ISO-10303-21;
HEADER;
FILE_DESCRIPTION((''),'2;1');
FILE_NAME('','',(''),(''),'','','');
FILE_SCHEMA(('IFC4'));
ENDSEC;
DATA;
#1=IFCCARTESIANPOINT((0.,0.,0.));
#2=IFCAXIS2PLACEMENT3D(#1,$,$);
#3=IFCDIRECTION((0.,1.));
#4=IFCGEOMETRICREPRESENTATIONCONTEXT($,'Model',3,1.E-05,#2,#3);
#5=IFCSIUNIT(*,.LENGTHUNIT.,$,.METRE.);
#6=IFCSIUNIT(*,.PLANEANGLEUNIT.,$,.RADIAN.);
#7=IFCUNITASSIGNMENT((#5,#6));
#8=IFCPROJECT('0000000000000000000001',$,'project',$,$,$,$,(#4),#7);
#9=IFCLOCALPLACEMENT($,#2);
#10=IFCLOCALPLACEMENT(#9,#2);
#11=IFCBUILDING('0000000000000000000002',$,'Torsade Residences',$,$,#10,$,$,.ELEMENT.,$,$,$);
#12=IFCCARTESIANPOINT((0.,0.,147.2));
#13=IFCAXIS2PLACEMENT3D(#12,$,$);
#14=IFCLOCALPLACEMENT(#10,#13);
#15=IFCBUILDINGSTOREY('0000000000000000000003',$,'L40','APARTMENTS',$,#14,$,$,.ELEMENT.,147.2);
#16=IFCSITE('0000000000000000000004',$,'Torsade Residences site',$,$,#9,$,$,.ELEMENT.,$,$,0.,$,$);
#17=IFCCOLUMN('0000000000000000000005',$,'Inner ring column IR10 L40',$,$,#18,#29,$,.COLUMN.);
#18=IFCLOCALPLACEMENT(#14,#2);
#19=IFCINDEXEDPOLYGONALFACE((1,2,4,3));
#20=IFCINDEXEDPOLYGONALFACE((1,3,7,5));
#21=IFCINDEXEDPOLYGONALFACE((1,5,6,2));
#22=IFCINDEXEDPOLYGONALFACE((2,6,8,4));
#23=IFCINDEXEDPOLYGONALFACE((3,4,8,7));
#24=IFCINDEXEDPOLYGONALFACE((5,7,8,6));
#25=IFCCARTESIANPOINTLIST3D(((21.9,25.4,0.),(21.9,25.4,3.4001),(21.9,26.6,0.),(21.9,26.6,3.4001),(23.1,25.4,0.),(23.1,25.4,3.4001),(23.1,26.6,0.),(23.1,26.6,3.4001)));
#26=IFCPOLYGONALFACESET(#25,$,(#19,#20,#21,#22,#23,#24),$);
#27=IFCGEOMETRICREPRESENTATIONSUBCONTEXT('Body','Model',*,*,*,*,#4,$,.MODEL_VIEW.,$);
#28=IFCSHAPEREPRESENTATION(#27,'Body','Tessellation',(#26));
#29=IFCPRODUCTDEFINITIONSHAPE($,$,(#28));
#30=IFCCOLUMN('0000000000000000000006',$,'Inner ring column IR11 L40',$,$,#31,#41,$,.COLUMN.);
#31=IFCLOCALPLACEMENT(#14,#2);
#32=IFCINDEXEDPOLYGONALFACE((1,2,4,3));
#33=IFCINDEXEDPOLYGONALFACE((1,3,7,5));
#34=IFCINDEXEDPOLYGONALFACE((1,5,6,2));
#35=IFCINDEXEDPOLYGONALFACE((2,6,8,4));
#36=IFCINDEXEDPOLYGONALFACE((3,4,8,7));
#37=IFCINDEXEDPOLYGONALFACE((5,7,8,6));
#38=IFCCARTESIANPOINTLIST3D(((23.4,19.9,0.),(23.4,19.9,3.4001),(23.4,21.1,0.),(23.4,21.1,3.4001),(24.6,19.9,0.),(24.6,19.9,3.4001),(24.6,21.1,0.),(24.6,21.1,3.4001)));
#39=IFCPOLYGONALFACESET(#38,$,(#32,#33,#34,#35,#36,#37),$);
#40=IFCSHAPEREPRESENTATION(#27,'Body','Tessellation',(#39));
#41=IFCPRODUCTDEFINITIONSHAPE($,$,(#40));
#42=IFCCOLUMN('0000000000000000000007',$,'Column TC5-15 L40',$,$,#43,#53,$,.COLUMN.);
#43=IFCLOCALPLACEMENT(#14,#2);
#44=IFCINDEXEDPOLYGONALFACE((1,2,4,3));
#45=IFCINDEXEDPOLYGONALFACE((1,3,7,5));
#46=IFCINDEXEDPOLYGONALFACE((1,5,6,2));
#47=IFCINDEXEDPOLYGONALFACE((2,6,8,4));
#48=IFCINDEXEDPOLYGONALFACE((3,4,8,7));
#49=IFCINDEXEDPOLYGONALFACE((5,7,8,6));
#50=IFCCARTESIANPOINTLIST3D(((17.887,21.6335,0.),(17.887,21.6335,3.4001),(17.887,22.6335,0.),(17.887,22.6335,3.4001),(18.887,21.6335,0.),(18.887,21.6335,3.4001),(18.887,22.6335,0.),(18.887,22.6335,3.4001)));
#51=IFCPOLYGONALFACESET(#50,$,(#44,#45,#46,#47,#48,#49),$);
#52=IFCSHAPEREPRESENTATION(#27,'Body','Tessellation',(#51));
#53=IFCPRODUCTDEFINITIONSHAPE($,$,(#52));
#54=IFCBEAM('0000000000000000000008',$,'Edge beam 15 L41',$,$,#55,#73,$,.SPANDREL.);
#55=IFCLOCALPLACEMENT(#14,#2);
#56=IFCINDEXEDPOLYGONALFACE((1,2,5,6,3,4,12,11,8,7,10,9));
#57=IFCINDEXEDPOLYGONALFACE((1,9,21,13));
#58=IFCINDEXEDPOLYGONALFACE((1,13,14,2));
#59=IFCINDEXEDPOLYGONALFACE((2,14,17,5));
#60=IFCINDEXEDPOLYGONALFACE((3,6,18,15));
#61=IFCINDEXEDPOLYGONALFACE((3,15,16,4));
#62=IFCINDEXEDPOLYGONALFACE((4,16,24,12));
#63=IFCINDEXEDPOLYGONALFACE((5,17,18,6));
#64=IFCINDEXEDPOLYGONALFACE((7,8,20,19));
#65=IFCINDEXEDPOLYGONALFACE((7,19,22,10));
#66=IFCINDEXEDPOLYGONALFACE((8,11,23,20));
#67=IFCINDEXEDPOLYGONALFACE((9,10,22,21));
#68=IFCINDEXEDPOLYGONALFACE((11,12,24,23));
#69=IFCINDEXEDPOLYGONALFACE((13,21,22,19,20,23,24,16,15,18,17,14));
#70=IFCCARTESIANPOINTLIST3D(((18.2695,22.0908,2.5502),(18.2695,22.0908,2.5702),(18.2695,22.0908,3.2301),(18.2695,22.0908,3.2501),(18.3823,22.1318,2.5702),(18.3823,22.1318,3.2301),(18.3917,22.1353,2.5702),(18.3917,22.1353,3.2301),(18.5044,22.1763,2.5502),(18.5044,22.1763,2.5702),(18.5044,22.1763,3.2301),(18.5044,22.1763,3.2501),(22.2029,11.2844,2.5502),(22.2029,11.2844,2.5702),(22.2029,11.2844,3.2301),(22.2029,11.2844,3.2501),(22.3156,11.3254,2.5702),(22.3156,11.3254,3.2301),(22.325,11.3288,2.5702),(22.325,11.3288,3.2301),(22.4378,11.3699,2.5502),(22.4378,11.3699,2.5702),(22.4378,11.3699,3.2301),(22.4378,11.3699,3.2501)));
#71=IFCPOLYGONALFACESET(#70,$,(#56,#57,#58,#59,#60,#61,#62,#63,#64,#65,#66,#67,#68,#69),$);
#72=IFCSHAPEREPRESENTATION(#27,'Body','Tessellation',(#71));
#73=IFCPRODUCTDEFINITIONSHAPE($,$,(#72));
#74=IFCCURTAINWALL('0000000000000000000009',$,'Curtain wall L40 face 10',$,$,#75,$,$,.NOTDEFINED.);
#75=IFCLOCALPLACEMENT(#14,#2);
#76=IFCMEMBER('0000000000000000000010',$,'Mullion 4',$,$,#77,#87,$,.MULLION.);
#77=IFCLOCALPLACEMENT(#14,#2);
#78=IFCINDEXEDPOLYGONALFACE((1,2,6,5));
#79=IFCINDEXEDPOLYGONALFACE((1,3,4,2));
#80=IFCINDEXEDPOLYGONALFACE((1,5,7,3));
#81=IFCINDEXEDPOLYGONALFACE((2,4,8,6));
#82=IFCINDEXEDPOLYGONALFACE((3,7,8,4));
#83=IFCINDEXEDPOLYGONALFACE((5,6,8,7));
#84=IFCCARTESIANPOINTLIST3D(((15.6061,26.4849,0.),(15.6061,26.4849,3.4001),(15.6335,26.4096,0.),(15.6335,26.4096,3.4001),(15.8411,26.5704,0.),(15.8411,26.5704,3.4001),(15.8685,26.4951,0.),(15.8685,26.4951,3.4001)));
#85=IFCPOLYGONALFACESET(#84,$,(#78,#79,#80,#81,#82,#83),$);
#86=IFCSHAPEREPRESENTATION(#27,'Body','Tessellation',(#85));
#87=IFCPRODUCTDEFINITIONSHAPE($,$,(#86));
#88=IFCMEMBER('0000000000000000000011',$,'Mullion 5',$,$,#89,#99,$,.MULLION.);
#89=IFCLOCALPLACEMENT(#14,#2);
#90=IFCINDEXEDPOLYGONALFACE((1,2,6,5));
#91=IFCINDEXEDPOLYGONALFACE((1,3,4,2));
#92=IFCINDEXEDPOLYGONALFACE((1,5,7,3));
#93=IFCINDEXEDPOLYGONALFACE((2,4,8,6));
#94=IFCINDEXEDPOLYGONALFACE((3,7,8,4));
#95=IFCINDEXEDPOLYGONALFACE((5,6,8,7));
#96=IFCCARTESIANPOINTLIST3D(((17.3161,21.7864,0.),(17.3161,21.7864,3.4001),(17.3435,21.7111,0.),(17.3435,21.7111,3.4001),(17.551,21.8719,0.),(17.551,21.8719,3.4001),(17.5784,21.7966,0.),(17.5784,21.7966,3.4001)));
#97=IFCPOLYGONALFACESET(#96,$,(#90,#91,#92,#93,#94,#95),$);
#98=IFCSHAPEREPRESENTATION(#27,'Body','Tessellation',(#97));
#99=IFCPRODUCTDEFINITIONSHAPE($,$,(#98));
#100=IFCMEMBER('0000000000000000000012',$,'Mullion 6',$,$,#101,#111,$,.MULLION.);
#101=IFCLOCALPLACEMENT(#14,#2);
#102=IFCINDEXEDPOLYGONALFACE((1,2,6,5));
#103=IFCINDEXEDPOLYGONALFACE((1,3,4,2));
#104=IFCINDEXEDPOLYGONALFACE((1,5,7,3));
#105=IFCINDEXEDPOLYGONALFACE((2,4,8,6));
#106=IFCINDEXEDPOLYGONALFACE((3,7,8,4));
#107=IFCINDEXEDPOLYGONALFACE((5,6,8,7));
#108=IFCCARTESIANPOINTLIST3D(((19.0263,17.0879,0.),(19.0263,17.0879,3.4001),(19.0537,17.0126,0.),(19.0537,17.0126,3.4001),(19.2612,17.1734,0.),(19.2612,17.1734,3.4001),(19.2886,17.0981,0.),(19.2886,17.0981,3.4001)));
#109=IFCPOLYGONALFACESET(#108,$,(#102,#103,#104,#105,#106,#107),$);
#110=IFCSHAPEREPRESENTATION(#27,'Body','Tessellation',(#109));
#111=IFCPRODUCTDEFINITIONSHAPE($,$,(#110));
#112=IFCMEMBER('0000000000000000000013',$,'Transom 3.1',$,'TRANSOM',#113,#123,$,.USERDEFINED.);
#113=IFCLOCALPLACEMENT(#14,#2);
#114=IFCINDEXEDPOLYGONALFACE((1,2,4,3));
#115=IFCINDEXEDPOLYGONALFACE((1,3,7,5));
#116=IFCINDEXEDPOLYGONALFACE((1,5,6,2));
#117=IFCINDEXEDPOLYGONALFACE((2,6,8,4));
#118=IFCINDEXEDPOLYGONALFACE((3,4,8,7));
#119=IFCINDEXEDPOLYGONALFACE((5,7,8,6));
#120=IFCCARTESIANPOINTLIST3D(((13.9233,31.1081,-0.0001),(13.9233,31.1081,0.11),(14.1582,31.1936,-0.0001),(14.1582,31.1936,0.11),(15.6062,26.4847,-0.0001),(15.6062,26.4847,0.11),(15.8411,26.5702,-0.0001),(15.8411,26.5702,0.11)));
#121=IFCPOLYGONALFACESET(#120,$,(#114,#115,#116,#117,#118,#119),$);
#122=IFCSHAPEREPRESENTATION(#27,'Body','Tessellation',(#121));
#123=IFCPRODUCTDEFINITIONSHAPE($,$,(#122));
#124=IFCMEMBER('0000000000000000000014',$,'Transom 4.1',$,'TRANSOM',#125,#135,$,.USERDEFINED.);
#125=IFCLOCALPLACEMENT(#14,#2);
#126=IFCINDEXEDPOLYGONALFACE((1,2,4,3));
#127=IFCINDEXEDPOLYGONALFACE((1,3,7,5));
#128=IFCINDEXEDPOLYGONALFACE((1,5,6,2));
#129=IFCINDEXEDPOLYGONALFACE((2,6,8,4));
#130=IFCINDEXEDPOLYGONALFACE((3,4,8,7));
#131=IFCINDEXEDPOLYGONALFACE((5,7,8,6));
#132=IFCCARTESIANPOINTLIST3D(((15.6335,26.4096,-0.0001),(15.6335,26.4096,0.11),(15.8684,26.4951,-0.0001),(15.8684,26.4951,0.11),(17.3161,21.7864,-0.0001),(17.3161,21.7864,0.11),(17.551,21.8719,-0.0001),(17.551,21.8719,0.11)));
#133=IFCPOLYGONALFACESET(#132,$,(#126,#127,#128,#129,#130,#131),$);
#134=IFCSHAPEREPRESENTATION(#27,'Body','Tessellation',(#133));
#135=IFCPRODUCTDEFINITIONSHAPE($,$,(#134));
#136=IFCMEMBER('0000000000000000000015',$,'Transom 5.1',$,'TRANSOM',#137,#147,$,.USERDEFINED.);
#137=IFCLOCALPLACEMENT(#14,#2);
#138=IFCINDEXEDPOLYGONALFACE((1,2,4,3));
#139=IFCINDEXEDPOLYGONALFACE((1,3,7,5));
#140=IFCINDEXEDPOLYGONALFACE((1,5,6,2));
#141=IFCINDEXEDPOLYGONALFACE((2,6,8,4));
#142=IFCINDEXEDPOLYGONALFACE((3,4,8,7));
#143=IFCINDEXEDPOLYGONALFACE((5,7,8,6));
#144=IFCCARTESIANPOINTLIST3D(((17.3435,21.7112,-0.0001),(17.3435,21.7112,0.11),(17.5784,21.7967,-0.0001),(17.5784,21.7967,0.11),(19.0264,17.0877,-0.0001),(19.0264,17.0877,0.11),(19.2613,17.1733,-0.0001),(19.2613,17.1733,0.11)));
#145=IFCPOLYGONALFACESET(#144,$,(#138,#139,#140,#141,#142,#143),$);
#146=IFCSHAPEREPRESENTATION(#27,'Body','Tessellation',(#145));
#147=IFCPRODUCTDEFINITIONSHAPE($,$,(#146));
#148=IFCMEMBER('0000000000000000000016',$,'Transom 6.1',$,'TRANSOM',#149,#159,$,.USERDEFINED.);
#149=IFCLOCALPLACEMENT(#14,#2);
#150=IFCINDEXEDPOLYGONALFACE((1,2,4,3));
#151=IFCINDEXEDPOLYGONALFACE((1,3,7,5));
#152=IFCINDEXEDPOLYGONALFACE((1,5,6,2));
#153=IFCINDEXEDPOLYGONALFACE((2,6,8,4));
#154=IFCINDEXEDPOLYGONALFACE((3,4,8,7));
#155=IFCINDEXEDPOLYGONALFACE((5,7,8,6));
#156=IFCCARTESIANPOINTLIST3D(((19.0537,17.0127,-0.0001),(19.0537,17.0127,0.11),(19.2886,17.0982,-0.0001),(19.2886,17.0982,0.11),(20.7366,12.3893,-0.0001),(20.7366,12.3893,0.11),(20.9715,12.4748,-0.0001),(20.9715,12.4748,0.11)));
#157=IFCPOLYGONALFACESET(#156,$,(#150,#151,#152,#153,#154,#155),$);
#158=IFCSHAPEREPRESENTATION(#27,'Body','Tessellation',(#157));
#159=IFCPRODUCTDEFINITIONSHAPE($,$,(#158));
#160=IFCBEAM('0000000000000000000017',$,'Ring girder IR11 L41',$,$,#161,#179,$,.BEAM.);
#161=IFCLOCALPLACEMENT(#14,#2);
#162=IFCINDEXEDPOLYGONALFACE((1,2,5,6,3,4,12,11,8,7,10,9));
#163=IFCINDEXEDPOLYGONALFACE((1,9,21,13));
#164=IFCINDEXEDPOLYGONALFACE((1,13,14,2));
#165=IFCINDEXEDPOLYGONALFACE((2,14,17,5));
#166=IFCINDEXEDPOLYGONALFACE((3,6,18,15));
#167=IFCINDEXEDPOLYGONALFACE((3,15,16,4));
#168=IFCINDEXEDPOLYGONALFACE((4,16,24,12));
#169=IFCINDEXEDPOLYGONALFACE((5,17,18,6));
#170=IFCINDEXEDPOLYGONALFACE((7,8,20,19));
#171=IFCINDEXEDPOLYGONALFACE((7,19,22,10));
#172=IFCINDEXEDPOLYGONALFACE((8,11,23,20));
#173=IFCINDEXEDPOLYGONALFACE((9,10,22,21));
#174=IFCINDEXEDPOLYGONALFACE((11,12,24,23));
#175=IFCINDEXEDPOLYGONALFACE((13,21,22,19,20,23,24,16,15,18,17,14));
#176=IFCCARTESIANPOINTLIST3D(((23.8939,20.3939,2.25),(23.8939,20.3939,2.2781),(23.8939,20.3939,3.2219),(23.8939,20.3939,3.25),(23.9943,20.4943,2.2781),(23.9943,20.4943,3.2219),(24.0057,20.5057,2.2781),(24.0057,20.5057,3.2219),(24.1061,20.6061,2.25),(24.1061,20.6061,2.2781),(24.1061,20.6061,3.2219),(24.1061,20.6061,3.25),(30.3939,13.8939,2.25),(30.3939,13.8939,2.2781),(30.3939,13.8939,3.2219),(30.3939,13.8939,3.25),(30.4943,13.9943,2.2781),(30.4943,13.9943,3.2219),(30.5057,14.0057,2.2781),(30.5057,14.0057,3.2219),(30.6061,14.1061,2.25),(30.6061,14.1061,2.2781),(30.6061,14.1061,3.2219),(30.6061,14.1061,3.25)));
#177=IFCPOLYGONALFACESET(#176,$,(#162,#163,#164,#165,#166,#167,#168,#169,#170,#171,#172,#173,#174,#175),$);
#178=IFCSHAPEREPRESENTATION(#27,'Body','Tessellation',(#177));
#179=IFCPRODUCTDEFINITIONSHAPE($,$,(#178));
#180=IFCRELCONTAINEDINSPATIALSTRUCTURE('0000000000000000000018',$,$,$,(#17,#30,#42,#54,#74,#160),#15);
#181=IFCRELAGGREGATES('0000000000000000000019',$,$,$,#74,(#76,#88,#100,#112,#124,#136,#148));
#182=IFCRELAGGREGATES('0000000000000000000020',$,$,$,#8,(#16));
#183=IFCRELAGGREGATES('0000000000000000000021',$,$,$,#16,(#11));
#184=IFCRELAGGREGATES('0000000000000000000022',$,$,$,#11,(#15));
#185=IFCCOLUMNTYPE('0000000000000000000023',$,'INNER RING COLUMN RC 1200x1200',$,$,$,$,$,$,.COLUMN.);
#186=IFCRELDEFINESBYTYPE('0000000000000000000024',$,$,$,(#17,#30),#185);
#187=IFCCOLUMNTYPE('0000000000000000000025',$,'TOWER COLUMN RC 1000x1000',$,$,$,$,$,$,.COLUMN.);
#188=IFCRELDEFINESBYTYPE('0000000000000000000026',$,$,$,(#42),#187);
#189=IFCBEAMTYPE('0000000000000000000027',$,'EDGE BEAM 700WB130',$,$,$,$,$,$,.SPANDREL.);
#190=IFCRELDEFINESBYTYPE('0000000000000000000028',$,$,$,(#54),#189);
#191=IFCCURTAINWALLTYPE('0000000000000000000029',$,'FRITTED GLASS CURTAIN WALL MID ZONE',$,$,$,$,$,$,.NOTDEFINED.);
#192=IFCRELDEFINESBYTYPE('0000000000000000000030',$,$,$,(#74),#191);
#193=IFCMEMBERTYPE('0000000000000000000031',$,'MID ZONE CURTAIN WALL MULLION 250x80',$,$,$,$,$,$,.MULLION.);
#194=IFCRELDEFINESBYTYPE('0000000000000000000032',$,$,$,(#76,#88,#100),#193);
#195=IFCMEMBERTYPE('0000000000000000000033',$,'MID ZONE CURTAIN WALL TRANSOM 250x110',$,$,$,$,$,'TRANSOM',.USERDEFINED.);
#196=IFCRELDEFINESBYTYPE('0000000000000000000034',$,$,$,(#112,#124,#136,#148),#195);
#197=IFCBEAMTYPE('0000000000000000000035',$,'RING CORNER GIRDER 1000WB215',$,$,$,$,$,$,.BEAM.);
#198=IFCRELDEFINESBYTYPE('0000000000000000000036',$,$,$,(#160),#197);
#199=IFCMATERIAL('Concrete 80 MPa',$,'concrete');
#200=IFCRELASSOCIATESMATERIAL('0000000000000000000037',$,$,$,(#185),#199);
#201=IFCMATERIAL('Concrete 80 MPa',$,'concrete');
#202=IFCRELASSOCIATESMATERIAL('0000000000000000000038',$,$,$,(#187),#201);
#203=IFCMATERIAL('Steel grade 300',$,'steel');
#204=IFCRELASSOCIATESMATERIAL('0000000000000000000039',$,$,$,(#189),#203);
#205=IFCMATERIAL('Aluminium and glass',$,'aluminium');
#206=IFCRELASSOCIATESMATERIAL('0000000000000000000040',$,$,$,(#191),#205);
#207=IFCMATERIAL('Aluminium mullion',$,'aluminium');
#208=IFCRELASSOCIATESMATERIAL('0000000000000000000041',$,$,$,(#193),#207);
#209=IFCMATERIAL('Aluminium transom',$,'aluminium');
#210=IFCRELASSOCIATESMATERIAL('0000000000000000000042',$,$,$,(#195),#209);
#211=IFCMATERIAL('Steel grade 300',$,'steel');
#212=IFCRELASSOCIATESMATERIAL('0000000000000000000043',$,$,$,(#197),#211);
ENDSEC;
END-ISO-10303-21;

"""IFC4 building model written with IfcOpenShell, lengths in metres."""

from ifc_helpers import new_model, si_unit, direction, frame, origin, origin_2d, place, context, subcontext, project, spatial, rectangle, i_section, extrude, material, material_profile, profile_set, type_object, element, aggregate, save


model = new_model("IFC4")

# Units and contexts
model_context = context("Model", 3, precision=1e-05, world=origin(), true_north=direction((0.0, 1.0)))
body_context = subcontext(model_context, "Body", "Model", "MODEL_VIEW")
ifc_project = project(units=[si_unit("LENGTHUNIT", "METRE"), si_unit("PLANEANGLEUNIT", "RADIAN")], contexts=[model_context])

# Site, building, storey
site_placement = place(None, origin())
site = spatial("IfcSite", under=ifc_project, at=site_placement, Name="Torsade Residences site", CompositionType="ELEMENT", RefElevation=0.0)
building_placement = place(site_placement, origin())
building = spatial("IfcBuilding", under=site, at=building_placement, Name="Torsade Residences", CompositionType="ELEMENT")
storey_placement = place(building_placement, frame((0.0, 0.0, 147.2)))
storey = spatial("IfcBuildingStorey", under=building, at=storey_placement, Name="L40", Description="APARTMENTS", CompositionType="ELEMENT", Elevation=147.2)

# Columns
ifc_material_1 = material(Name="Concrete 80 MPa", Category="concrete")
ifc_material_profile_1 = material_profile(ifc_material_1, rectangle(XDim=1.2, YDim=1.2, at=origin_2d()), Name="RC 1200x1200")
ifc_profile_set_1 = profile_set([ifc_material_profile_1], Name="Concrete 80 MPa")
column_type_1 = type_object("IfcColumnType", Name="INNER RING COLUMN RC 1200x1200", PredefinedType="COLUMN", material=ifc_profile_set_1)
for number, where, z_axis, x_axis, name in (
    (1, (22.5, 26.0, 0.0), (0.0, 0.0, 1.0), (1.0, 0.0, 0.0), "Inner ring column IR10 L40"),
    (2, (24.0, 20.5, 0.0), (0.0, 0.0, 1.0), (1.0, 0.0, 0.0), "Inner ring column IR11 L40"),
):
    element("IfcColumn", number, at=place(storey_placement, frame(where, z_axis=z_axis, x_axis=x_axis)), inside=storey, type_object=column_type_1, Name=name, PredefinedType="COLUMN", context=body_context, shape_type="SweptSolid", body=[
        extrude(rectangle(XDim=1.2, YDim=1.2, at=origin_2d()), origin(), (0.0, 0.0, 1.0), 3.4001),
    ])
ifc_material_2 = material(Name="Concrete 80 MPa", Category="concrete")
ifc_material_profile_2 = material_profile(ifc_material_2, rectangle(XDim=1.0, YDim=1.0, at=origin_2d()), Name="RC 1000x1000")
ifc_profile_set_2 = profile_set([ifc_material_profile_2], Name="Concrete 80 MPa")
column_type_2 = type_object("IfcColumnType", Name="TOWER COLUMN RC 1000x1000", PredefinedType="COLUMN", material=ifc_profile_set_2)
column_placement = place(storey_placement, frame((18.387, 22.1335, 0.0), z_axis=(0.0, 0.0, 1.0), x_axis=(1.0, 0.0, 0.0)))
element("IfcColumn", 3, at=column_placement, inside=storey, type_object=column_type_2, Name="Column TC5-15 L40", PredefinedType="COLUMN", context=body_context, shape_type="SweptSolid", body=[
    extrude(rectangle(XDim=1.0, YDim=1.0, at=origin_2d()), origin(), (0.0, 0.0, 1.0), 3.4001),
])

# Beam
ifc_material_3 = material(Name="Steel grade 300", Category="steel")
ifc_material_profile_3 = material_profile(ifc_material_3, i_section(OverallWidth=0.25, OverallDepth=0.7, WebThickness=0.01, FlangeThickness=0.02, at=origin_2d()), Name="700WB130")
ifc_profile_set_3 = profile_set([ifc_material_profile_3], Name="Steel grade 300")
beam_type_1 = type_object("IfcBeamType", Name="EDGE BEAM 700WB130", PredefinedType="SPANDREL", material=ifc_profile_set_3)
beam_1_placement = place(storey_placement, frame((18.387, 22.1335, 2.9001), z_axis=(0.342031, -0.939689, 0.0), x_axis=(0.939689, 0.342031, 0.0)))
element("IfcBeam", 4, at=beam_1_placement, inside=storey, type_object=beam_type_1, Name="Edge beam 15 L41", PredefinedType="SPANDREL", context=body_context, shape_type="SweptSolid", body=[
    extrude(i_section(OverallWidth=0.25, OverallDepth=0.7, WebThickness=0.01, FlangeThickness=0.02, at=origin_2d()), origin(), (0.0, 0.0, 1.0), 11.5),
])

# Curtain wall, members
ifc_material_4 = material(Name="Aluminium and glass", Category="aluminium")
curtain_wall_type = type_object("IfcCurtainWallType", Name="FRITTED GLASS CURTAIN WALL MID ZONE", PredefinedType="NOTDEFINED", material=ifc_material_4)
curtain_wall_placement = place(storey_placement, origin())
curtain_wall = element("IfcCurtainWall", 5, at=curtain_wall_placement, inside=storey, type_object=curtain_wall_type, Name="Curtain wall L40 face 10", PredefinedType="NOTDEFINED")
ifc_material_5 = material(Name="Aluminium mullion", Category="aluminium")
ifc_material_profile_4 = material_profile(ifc_material_5, rectangle(XDim=0.25, YDim=0.0801, at=origin_2d()), Name="MID ZONE CURTAIN WALL MULLION 250x80")
ifc_profile_set_4 = profile_set([ifc_material_profile_4], Name="Aluminium mullion")
member_type_1 = type_object("IfcMemberType", Name="MID ZONE CURTAIN WALL MULLION 250x80", PredefinedType="MULLION", material=ifc_profile_set_4)
member_1_placement = place(storey_placement, frame((15.7373, 26.49, 0.0), z_axis=(0.0, 0.0, 1.0), x_axis=(0.939693, 0.34202, 0.0)))
member_1 = element("IfcMember", 6, at=member_1_placement, type_object=member_type_1, Name="Mullion 4", PredefinedType="MULLION", context=body_context, shape_type="SweptSolid", body=[
    extrude(rectangle(XDim=0.25, YDim=0.0801, at=origin_2d()), origin(), (0.0, 0.0, 1.0), 3.4001),
])
member_2_placement = place(storey_placement, frame((17.4473, 21.7915, 0.0), z_axis=(0.0, 0.0, 1.0), x_axis=(0.939693, 0.34202, 0.0)))
member_2 = element("IfcMember", 7, at=member_2_placement, type_object=member_type_1, Name="Mullion 5", PredefinedType="MULLION", context=body_context, shape_type="SweptSolid", body=[
    extrude(rectangle(XDim=0.25, YDim=0.0801, at=origin_2d()), origin(), (0.0, 0.0, 1.0), 3.4001),
])
member_3_placement = place(storey_placement, frame((19.1575, 17.093, 0.0), z_axis=(0.0, 0.0, 1.0), x_axis=(0.939693, 0.34202, 0.0)))
member_3 = element("IfcMember", 8, at=member_3_placement, type_object=member_type_1, Name="Mullion 6", PredefinedType="MULLION", context=body_context, shape_type="SweptSolid", body=[
    extrude(rectangle(XDim=0.25, YDim=0.0801, at=origin_2d()), origin(), (0.0, 0.0, 1.0), 3.4001),
])
ifc_material_6 = material(Name="Aluminium transom", Category="aluminium")
ifc_material_profile_5 = material_profile(ifc_material_6, rectangle(XDim=0.25, YDim=0.1101, at=origin_2d()), Name="MID ZONE CURTAIN WALL TRANSOM 250x110")
ifc_profile_set_5 = profile_set([ifc_material_profile_5], Name="Aluminium transom")
member_type_2 = type_object("IfcMemberType", Name="MID ZONE CURTAIN WALL TRANSOM 250x110", ElementType="TRANSOM", PredefinedType="USERDEFINED", material=ifc_profile_set_5)
member_4_placement = place(storey_placement, frame((14.0408, 31.1509, 0.0549), z_axis=(0.342042, -0.939685, 0.0), x_axis=(0.939685, 0.342042, 0.0)))
member_4 = element("IfcMember", 9, at=member_4_placement, type_object=member_type_2, Name="Transom 3.1", ObjectType="TRANSOM", PredefinedType="USERDEFINED", context=body_context, shape_type="SweptSolid", body=[
    extrude(rectangle(XDim=0.25, YDim=0.1101, at=origin_2d()), origin(), (0.0, 0.0, 1.0), 4.9202),
])
member_5_placement = place(storey_placement, frame((15.751, 26.4524, 0.0549), z_axis=(0.341998, -0.939701, 0.0), x_axis=(0.939701, 0.341998, 0.0)))
member_5 = element("IfcMember", 10, at=member_5_placement, type_object=member_type_2, Name="Transom 4.1", ObjectType="TRANSOM", PredefinedType="USERDEFINED", context=body_context, shape_type="SweptSolid", body=[
    extrude(rectangle(XDim=0.25, YDim=0.1101, at=origin_2d()), origin(), (0.0, 0.0, 1.0), 4.9199),
])
member_6_placement = place(storey_placement, frame((17.4609, 21.7539, 0.0549), z_axis=(0.342042, -0.939685, 0.0), x_axis=(0.939685, 0.342042, 0.0)))
member_6 = element("IfcMember", 11, at=member_6_placement, type_object=member_type_2, Name="Transom 5.1", ObjectType="TRANSOM", PredefinedType="USERDEFINED", context=body_context, shape_type="SweptSolid", body=[
    extrude(rectangle(XDim=0.25, YDim=0.1101, at=origin_2d()), origin(), (0.0, 0.0, 1.0), 4.9202),
])
member_7_placement = place(storey_placement, frame((19.1711, 17.0554, 0.0549), z_axis=(0.342042, -0.939685, 0.0), x_axis=(0.939685, 0.342042, 0.0)))
member_7 = element("IfcMember", 12, at=member_7_placement, type_object=member_type_2, Name="Transom 6.1", ObjectType="TRANSOM", PredefinedType="USERDEFINED", context=body_context, shape_type="SweptSolid", body=[
    extrude(rectangle(XDim=0.25, YDim=0.1101, at=origin_2d()), origin(), (0.0, 0.0, 1.0), 4.9202),
])

# Beam
ifc_material_7 = material(Name="Steel grade 300", Category="steel")
ifc_material_profile_6 = material_profile(ifc_material_7, i_section(OverallWidth=0.3, OverallDepth=1.0, WebThickness=0.0161, FlangeThickness=0.0281, at=origin_2d()), Name="1000WB215")
ifc_profile_set_6 = profile_set([ifc_material_profile_6], Name="Steel grade 300")
beam_type_2 = type_object("IfcBeamType", Name="RING CORNER GIRDER 1000WB215", PredefinedType="BEAM", material=ifc_profile_set_6)
beam_2_placement = place(storey_placement, frame((24.0, 20.5, 2.75), z_axis=(0.707107, -0.707107, 0.0), x_axis=(0.707107, 0.707107, 0.0)))
element("IfcBeam", 13, at=beam_2_placement, inside=storey, type_object=beam_type_2, Name="Ring girder IR11 L41", PredefinedType="BEAM", context=body_context, shape_type="SweptSolid", body=[
    extrude(i_section(OverallWidth=0.3, OverallDepth=1.0, WebThickness=0.0161, FlangeThickness=0.0281, at=origin_2d()), origin(), (0.0, 0.0, 1.0), 9.1924),
])

aggregate(curtain_wall, [member_1, member_2, member_3, member_4, member_5, member_6, member_7])

save(model, "model.ifc")
